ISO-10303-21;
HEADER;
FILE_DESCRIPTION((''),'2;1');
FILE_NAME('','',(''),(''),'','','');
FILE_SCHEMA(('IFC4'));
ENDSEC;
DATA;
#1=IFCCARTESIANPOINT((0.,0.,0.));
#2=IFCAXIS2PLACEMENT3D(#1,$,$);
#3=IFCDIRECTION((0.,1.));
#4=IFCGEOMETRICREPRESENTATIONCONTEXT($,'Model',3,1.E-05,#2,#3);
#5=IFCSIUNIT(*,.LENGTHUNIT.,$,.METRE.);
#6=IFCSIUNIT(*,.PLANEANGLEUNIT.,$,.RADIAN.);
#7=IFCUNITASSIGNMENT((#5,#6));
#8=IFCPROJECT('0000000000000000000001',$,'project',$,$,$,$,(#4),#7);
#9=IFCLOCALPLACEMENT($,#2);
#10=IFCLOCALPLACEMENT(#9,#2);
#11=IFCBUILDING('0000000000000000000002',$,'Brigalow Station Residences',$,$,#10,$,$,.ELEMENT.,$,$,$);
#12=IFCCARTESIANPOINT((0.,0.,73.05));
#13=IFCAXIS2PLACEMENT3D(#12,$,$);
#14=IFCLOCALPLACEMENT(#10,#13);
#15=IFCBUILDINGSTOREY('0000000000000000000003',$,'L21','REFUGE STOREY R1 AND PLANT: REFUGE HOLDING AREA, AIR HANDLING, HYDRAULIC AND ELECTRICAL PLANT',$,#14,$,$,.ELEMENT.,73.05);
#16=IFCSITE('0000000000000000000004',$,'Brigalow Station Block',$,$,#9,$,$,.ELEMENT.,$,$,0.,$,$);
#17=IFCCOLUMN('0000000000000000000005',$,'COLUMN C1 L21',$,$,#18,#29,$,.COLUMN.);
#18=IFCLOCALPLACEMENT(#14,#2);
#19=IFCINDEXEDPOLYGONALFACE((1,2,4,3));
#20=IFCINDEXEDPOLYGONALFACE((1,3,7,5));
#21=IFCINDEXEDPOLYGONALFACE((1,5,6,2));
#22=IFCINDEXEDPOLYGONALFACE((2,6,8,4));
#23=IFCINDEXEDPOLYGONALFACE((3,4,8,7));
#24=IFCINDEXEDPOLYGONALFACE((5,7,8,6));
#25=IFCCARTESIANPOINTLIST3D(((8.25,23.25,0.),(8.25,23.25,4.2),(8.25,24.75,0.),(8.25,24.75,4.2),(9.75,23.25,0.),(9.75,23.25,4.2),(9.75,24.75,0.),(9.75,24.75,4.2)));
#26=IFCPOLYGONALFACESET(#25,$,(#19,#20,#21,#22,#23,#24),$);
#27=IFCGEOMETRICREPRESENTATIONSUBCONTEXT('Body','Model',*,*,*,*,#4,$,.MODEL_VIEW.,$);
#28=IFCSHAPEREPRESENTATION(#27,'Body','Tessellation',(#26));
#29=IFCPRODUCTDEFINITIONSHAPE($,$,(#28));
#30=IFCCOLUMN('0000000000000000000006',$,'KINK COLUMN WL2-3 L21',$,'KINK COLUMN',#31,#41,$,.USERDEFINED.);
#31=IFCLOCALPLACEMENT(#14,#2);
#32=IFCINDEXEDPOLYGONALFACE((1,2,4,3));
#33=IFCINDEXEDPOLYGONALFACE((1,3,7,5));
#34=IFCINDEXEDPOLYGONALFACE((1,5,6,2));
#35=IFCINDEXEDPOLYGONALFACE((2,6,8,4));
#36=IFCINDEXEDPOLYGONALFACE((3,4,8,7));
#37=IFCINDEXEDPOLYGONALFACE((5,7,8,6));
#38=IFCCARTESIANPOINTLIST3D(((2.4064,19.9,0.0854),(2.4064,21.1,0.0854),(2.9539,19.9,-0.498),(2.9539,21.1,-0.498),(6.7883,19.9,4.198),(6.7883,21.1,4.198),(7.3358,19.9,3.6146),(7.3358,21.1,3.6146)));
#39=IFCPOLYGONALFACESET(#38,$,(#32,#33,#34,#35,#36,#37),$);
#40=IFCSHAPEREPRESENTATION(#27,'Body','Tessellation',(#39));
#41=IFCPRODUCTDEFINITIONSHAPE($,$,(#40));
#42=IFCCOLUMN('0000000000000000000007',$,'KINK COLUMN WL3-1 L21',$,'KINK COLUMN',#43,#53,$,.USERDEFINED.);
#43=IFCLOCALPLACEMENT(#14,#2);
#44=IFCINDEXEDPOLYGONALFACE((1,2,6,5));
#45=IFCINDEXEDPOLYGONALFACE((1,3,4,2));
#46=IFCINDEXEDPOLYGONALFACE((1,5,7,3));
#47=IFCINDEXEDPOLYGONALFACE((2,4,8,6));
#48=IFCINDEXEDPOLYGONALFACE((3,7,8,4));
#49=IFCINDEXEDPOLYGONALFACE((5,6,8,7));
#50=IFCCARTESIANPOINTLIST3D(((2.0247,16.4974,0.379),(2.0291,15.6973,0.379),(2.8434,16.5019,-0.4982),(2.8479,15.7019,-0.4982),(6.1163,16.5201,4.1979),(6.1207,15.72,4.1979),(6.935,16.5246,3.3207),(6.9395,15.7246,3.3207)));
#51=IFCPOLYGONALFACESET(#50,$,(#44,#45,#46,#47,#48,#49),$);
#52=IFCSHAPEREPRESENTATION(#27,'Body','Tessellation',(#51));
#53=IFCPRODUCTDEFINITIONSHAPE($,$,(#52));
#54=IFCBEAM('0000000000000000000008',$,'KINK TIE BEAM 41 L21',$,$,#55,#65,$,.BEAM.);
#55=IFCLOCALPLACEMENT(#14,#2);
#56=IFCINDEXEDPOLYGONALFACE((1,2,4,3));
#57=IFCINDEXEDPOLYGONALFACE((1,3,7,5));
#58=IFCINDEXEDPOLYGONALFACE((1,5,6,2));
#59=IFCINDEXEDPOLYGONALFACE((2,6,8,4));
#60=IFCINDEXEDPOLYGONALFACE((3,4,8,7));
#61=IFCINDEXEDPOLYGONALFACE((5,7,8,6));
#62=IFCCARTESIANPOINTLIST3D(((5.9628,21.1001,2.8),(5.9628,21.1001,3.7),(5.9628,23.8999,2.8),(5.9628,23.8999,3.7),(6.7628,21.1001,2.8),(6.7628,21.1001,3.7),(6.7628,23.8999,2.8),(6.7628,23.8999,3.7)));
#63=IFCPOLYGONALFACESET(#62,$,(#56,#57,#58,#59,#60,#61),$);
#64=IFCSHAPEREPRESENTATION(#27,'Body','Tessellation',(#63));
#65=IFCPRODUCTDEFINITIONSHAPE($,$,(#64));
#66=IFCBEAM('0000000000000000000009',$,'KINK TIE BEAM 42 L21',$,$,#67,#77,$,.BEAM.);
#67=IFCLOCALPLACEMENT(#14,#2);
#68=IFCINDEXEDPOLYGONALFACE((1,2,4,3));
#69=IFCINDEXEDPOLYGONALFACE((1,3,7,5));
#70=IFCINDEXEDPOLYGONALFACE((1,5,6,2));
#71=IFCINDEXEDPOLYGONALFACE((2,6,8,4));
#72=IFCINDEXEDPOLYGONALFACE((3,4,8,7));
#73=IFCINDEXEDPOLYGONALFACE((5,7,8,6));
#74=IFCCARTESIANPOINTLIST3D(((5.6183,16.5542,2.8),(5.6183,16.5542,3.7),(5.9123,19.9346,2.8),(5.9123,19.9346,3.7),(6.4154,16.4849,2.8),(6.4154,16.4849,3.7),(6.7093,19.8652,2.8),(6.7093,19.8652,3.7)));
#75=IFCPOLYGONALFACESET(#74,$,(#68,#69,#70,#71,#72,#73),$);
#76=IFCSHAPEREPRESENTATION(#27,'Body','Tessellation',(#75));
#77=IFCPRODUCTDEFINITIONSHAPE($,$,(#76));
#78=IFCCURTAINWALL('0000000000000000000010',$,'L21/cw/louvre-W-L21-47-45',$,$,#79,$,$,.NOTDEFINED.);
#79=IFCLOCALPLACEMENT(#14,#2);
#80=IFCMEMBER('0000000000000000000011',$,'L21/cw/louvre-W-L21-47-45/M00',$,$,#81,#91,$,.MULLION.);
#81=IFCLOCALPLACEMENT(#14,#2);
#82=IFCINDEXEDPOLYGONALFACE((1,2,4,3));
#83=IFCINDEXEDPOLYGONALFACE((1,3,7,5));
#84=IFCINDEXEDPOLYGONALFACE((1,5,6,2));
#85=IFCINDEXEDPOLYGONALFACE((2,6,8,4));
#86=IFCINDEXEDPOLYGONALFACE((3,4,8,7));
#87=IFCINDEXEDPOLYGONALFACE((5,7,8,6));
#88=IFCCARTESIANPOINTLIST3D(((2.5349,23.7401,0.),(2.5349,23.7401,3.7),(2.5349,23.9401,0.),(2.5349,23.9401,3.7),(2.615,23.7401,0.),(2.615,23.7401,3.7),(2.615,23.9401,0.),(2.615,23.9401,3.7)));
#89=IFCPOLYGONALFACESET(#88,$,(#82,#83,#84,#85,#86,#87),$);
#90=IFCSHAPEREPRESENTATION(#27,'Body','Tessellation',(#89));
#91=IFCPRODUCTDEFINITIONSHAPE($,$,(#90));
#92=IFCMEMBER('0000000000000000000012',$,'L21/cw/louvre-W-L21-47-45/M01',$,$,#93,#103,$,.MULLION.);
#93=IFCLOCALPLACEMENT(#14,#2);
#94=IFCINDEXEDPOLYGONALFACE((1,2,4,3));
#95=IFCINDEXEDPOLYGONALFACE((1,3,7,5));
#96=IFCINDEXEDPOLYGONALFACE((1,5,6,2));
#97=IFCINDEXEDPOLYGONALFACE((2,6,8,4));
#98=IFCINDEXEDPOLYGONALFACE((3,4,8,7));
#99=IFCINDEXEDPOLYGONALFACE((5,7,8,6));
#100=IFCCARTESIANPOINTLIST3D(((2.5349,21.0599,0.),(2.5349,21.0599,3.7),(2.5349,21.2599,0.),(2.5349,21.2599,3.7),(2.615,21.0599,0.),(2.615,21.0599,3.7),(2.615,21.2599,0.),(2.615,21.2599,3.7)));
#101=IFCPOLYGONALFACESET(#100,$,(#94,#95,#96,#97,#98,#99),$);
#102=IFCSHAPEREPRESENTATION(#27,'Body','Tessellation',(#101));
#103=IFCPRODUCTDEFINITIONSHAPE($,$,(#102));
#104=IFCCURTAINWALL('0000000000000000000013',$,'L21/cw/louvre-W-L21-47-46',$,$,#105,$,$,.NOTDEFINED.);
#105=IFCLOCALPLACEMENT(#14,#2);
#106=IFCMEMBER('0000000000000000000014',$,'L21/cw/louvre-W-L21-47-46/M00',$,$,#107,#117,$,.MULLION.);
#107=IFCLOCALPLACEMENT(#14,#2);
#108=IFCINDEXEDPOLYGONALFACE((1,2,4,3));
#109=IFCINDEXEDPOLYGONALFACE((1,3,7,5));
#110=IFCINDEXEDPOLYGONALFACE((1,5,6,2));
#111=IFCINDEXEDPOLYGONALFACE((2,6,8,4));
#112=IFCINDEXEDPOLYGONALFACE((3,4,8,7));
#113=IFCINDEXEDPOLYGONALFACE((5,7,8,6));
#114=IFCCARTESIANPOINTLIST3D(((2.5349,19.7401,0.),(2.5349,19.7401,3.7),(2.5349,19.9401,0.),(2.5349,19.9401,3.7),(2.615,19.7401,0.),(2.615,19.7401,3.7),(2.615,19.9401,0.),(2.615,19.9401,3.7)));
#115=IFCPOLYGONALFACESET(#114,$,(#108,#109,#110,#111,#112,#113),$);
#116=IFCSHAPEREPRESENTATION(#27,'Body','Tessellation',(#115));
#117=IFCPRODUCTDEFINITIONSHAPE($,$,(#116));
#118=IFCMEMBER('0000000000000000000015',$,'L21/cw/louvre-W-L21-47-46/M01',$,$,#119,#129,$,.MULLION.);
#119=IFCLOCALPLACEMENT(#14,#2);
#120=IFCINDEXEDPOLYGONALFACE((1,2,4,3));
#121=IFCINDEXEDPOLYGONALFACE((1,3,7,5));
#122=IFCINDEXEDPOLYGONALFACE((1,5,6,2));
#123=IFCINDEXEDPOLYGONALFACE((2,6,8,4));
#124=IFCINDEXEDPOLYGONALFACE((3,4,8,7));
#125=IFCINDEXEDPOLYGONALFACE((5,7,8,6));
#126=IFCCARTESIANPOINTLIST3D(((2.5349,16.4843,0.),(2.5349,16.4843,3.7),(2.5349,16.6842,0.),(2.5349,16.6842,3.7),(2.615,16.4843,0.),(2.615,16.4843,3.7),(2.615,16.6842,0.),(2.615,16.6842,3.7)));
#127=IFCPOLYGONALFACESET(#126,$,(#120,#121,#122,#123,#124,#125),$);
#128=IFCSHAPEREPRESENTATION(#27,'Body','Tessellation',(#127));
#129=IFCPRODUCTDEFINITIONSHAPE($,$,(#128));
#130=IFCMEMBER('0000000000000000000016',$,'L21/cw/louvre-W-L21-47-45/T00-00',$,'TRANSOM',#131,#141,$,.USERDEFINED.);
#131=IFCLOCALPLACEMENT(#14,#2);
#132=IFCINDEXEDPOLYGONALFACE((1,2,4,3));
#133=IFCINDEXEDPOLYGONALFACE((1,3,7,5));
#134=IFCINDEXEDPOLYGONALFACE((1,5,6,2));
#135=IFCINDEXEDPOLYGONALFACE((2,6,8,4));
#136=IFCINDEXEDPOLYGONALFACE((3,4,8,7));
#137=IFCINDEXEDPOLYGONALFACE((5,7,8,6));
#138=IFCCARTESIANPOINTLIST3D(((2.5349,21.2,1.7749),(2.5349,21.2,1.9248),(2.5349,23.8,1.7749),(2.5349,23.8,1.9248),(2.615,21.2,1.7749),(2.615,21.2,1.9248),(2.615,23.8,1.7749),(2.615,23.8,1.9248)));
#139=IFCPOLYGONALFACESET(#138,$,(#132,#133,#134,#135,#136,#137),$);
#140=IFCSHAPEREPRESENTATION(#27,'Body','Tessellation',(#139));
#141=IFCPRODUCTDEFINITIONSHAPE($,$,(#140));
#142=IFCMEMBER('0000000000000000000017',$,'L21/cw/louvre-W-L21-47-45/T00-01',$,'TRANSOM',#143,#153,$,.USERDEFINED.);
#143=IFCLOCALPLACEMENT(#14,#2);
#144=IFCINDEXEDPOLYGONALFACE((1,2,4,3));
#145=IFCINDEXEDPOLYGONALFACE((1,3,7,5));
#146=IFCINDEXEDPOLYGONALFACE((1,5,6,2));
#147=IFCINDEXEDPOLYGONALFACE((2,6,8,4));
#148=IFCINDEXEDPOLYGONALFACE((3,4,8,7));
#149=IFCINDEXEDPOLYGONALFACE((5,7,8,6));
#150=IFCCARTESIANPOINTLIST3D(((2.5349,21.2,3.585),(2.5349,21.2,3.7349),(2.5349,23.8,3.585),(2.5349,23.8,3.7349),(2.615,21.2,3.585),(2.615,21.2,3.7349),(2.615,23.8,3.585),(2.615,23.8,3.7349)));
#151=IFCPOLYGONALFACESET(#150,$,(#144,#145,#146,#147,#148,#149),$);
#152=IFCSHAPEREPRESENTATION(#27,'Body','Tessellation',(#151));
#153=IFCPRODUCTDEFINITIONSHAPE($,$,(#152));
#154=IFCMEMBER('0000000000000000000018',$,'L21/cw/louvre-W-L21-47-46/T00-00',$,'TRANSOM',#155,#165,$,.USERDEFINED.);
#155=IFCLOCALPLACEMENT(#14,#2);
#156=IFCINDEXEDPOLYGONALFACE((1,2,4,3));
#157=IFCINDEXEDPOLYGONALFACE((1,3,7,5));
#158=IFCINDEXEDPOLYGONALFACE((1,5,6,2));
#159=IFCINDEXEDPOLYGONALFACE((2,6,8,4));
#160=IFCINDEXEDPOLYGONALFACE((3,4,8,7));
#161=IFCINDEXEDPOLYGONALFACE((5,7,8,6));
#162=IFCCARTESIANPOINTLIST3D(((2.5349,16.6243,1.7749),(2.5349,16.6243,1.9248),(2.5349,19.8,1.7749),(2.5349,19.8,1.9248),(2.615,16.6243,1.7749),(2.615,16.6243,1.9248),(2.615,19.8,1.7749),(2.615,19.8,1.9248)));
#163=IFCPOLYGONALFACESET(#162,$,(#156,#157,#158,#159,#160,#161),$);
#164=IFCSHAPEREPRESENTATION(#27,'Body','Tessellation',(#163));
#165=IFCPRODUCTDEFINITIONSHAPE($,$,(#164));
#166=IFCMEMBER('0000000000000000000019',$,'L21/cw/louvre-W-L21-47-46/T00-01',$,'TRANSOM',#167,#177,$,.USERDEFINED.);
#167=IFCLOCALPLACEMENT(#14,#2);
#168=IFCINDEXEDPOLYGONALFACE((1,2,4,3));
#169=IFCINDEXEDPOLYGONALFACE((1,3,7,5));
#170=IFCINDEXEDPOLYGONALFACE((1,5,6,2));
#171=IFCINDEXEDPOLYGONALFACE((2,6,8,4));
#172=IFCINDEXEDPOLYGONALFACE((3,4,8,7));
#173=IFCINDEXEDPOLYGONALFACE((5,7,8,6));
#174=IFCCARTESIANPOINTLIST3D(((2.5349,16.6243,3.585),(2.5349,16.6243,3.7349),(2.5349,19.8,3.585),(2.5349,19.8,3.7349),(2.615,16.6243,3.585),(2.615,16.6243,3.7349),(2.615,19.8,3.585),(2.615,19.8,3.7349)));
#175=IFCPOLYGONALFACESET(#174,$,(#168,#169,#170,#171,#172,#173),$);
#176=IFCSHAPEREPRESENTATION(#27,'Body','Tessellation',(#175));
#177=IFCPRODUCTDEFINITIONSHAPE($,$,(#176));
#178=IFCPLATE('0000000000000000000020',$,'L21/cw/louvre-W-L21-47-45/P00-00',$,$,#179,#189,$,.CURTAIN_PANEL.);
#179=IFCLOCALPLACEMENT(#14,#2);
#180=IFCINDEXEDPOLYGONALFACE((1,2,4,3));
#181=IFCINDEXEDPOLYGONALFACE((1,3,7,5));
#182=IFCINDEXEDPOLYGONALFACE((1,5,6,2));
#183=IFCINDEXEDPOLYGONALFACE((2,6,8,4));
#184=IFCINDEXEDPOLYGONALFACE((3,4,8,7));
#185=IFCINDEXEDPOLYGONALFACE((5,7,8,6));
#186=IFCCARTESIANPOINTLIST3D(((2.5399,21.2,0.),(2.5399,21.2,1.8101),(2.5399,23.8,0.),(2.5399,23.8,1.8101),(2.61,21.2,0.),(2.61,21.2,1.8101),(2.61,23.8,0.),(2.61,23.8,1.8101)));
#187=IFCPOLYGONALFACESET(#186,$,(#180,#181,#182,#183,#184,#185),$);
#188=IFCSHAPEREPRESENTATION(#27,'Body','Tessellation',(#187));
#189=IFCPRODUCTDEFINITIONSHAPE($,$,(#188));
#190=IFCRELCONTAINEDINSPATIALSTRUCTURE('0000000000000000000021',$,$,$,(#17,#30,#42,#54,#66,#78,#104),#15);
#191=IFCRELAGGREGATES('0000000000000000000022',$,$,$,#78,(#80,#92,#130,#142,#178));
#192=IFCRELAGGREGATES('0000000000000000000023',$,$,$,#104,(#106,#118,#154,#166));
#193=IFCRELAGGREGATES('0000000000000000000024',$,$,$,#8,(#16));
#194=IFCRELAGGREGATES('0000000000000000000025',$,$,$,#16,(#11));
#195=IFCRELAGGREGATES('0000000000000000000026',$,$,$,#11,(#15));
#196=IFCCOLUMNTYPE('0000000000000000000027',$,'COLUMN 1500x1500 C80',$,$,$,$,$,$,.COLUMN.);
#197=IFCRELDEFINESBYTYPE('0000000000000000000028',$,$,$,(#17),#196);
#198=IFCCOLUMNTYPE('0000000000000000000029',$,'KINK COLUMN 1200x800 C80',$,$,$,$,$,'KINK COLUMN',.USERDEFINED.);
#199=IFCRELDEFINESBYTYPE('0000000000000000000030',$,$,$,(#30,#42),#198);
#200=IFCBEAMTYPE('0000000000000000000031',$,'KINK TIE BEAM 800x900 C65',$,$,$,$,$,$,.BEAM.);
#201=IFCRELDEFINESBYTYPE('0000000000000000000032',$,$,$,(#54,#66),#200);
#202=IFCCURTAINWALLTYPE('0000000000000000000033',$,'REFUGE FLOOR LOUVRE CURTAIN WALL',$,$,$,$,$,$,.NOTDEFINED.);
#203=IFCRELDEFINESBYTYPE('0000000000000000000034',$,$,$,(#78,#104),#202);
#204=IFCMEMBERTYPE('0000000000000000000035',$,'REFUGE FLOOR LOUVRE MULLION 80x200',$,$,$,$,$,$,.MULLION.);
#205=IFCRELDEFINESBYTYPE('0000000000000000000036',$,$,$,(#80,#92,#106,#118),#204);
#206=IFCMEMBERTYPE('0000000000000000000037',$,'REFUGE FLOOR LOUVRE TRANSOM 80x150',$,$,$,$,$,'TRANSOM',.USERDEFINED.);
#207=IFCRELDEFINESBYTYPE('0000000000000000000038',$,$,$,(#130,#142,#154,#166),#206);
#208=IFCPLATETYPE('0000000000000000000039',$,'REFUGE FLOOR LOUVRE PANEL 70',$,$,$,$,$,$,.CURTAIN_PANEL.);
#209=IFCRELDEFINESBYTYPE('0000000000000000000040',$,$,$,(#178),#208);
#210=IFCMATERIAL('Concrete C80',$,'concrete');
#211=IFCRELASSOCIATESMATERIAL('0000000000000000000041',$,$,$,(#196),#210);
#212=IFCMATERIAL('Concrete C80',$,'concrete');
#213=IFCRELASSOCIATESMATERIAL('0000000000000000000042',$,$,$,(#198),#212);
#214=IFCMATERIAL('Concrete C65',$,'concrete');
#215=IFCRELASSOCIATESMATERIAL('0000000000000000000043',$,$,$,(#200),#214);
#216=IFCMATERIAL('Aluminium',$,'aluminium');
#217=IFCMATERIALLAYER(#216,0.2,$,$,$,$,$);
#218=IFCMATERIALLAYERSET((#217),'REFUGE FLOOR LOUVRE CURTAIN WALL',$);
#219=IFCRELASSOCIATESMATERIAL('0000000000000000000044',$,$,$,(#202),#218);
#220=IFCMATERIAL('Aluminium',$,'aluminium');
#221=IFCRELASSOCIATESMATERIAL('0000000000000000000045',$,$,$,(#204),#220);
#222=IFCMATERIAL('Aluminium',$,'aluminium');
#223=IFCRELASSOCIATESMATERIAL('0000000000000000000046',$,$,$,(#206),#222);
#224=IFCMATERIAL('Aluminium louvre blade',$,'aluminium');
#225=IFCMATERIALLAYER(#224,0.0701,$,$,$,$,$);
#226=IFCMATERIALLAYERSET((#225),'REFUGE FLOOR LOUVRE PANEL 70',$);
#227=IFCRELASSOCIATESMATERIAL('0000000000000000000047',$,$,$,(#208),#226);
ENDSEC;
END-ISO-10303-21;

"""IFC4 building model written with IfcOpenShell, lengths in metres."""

from ifc_helpers import new_model, si_unit, direction, frame, origin, origin_2d, place, context, subcontext, project, spatial, rectangle, extrude, material, layer, layer_set, material_profile, profile_set, type_object, element, aggregate, save


model = new_model("IFC4")

# Units and contexts
model_context = context("Model", 3, precision=1e-05, world=origin(), true_north=direction((0.0, 1.0)))
body_context = subcontext(model_context, "Body", "Model", "MODEL_VIEW")
ifc_project = project(units=[si_unit("LENGTHUNIT", "METRE"), si_unit("PLANEANGLEUNIT", "RADIAN")], contexts=[model_context])

# Site, building, storey
site_placement = place(None, origin())
site = spatial("IfcSite", under=ifc_project, at=site_placement, Name="Brigalow Station Block", CompositionType="ELEMENT", RefElevation=0.0)
building_placement = place(site_placement, origin())
building = spatial("IfcBuilding", under=site, at=building_placement, Name="Brigalow Station Residences", CompositionType="ELEMENT")
storey_placement = place(building_placement, frame((0.0, 0.0, 73.05)))
storey = spatial("IfcBuildingStorey", under=building, at=storey_placement, Name="L21", Description="REFUGE STOREY R1 AND PLANT: REFUGE HOLDING AREA, AIR HANDLING, HYDRAULIC AND ELECTRICAL PLANT", CompositionType="ELEMENT", Elevation=73.05)

# Columns
ifc_material_1 = material(Name="Concrete C80", Category="concrete")
ifc_material_profile_1 = material_profile(ifc_material_1, rectangle(XDim=1.5, YDim=1.5, at=origin_2d()), Name="RC1500x1500")
ifc_profile_set_1 = profile_set([ifc_material_profile_1], Name="Concrete C80")
column_type_1 = type_object("IfcColumnType", Name="COLUMN 1500x1500 C80", PredefinedType="COLUMN", material=ifc_profile_set_1)
column_1_placement = place(storey_placement, frame((9.0, 24.0, 0.0), z_axis=(0.0, 0.0, 1.0), x_axis=(1.0, 0.0, 0.0)))
element("IfcColumn", 1, at=column_1_placement, inside=storey, type_object=column_type_1, Name="COLUMN C1 L21", PredefinedType="COLUMN", context=body_context, shape_type="SweptSolid", body=[
    extrude(rectangle(XDim=1.5, YDim=1.5, at=origin_2d()), origin(), (0.0, 0.0, 1.0), 4.2),
])
ifc_material_2 = material(Name="Concrete C80", Category="concrete")
ifc_material_profile_2 = material_profile(ifc_material_2, rectangle(XDim=1.2, YDim=0.8, at=origin_2d()), Name="RC1200x800")
ifc_profile_set_2 = profile_set([ifc_material_profile_2], Name="Concrete C80")
column_type_2 = type_object("IfcColumnType", Name="KINK COLUMN 1200x800 C80", ElementType="KINK COLUMN", PredefinedType="USERDEFINED", material=ifc_profile_set_2)
column_2_placement = place(storey_placement, frame((2.6802, 20.5, -0.2063), z_axis=(0.729157, 0.0, 0.684346), x_axis=(0.0, 1.0, 0.0)))
element("IfcColumn", 2, at=column_2_placement, inside=storey, type_object=column_type_2, Name="KINK COLUMN WL2-3 L21", ObjectType="KINK COLUMN", PredefinedType="USERDEFINED", context=body_context, shape_type="SweptSolid", body=[
    extrude(rectangle(XDim=1.2, YDim=0.8, at=origin_2d()), origin(), (0.0, 0.0, 1.0), 6.0095),
])
column_3_placement = place(storey_placement, frame((2.4363, 16.0996, -0.0596), z_axis=(0.731043, 0.004057, 0.682319), x_axis=(-0.682308, -0.003786, 0.731055)))
element("IfcColumn", 3, at=column_3_placement, inside=storey, type_object=column_type_2, Name="KINK COLUMN WL3-1 L21", ObjectType="KINK COLUMN", PredefinedType="USERDEFINED", context=body_context, shape_type="SweptSolid", body=[
    extrude(rectangle(XDim=1.2, YDim=0.8, at=origin_2d()), origin(), (0.0, 0.0, 1.0), 5.5969),
])

# Beams
ifc_material_3 = material(Name="Concrete C65", Category="concrete")
ifc_material_profile_3 = material_profile(ifc_material_3, rectangle(XDim=0.8, YDim=0.8999, at=origin_2d()), Name="RC800x900")
ifc_profile_set_3 = profile_set([ifc_material_profile_3], Name="Concrete C65")
beam_type = type_object("IfcBeamType", Name="KINK TIE BEAM 800x900 C65", PredefinedType="BEAM", material=ifc_profile_set_3)
beam_1_placement = place(storey_placement, frame((6.3628, 23.8999, 3.25), z_axis=(0.0, -1.0, 0.0), x_axis=(1.0, 0.0, 0.0)))
element("IfcBeam", 4, at=beam_1_placement, inside=storey, type_object=beam_type, Name="KINK TIE BEAM 41 L21", PredefinedType="BEAM", context=body_context, shape_type="SweptSolid", body=[
    extrude(rectangle(XDim=0.8, YDim=0.8999, at=origin_2d()), origin(), (0.0, 0.0, 1.0), 2.7998),
])
beam_2_placement = place(storey_placement, frame((6.3108, 19.8999, 3.25), z_axis=(-0.08663, -0.996241, 0.0), x_axis=(0.996241, -0.08663, 0.0)))
element("IfcBeam", 5, at=beam_2_placement, inside=storey, type_object=beam_type, Name="KINK TIE BEAM 42 L21", PredefinedType="BEAM", context=body_context, shape_type="SweptSolid", body=[
    extrude(rectangle(XDim=0.8, YDim=0.8999, at=origin_2d()), origin(), (0.0, 0.0, 1.0), 3.3931),
])

# Curtain walls, members
ifc_material_4 = material(Name="Aluminium", Category="aluminium")
ifc_layer_1 = layer(ifc_material_4, 0.2)
ifc_layer_set_1 = layer_set([ifc_layer_1], Name="REFUGE FLOOR LOUVRE CURTAIN WALL")
curtain_wall_type = type_object("IfcCurtainWallType", Name="REFUGE FLOOR LOUVRE CURTAIN WALL", PredefinedType="NOTDEFINED", material=ifc_layer_set_1)
curtain_wall_1_placement = place(storey_placement, origin())
curtain_wall_1 = element("IfcCurtainWall", 6, at=curtain_wall_1_placement, inside=storey, type_object=curtain_wall_type, Name="L21/cw/louvre-W-L21-47-45", PredefinedType="NOTDEFINED")
ifc_material_5 = material(Name="Aluminium", Category="aluminium")
ifc_material_profile_4 = material_profile(ifc_material_5, rectangle(XDim=0.0801, YDim=0.2, at=origin_2d()), Name="REFUGE FLOOR LOUVRE MULLION 80x200")
ifc_profile_set_4 = profile_set([ifc_material_profile_4], Name="Aluminium")
member_type_1 = type_object("IfcMemberType", Name="REFUGE FLOOR LOUVRE MULLION 80x200", PredefinedType="MULLION", material=ifc_profile_set_4)
member_1_placement = place(storey_placement, frame((2.575, 23.8401, 0.0), z_axis=(0.0, 0.0, 1.0), x_axis=(1.0, 0.0, 0.0)))
member_1 = element("IfcMember", 7, at=member_1_placement, type_object=member_type_1, Name="L21/cw/louvre-W-L21-47-45/M00", PredefinedType="MULLION", context=body_context, shape_type="SweptSolid", body=[
    extrude(rectangle(XDim=0.0801, YDim=0.2, at=origin_2d()), origin(), (0.0, 0.0, 1.0), 3.7),
])
member_2_placement = place(storey_placement, frame((2.575, 21.1599, 0.0), z_axis=(0.0, 0.0, 1.0), x_axis=(1.0, 0.0, 0.0)))
member_2 = element("IfcMember", 8, at=member_2_placement, type_object=member_type_1, Name="L21/cw/louvre-W-L21-47-45/M01", PredefinedType="MULLION", context=body_context, shape_type="SweptSolid", body=[
    extrude(rectangle(XDim=0.0801, YDim=0.2, at=origin_2d()), origin(), (0.0, 0.0, 1.0), 3.7),
])
curtain_wall_2_placement = place(storey_placement, origin())
curtain_wall_2 = element("IfcCurtainWall", 9, at=curtain_wall_2_placement, inside=storey, type_object=curtain_wall_type, Name="L21/cw/louvre-W-L21-47-46", PredefinedType="NOTDEFINED")
member_3_placement = place(storey_placement, frame((2.575, 19.8401, 0.0), z_axis=(0.0, 0.0, 1.0), x_axis=(1.0, 0.0, 0.0)))
member_3 = element("IfcMember", 10, at=member_3_placement, type_object=member_type_1, Name="L21/cw/louvre-W-L21-47-46/M00", PredefinedType="MULLION", context=body_context, shape_type="SweptSolid", body=[
    extrude(rectangle(XDim=0.0801, YDim=0.2, at=origin_2d()), origin(), (0.0, 0.0, 1.0), 3.7),
])
member_4_placement = place(storey_placement, frame((2.575, 16.5842, 0.0), z_axis=(0.0, 0.0, 1.0), x_axis=(1.0, 0.0, 0.0)))
member_4 = element("IfcMember", 11, at=member_4_placement, type_object=member_type_1, Name="L21/cw/louvre-W-L21-47-46/M01", PredefinedType="MULLION", context=body_context, shape_type="SweptSolid", body=[
    extrude(rectangle(XDim=0.0801, YDim=0.2, at=origin_2d()), origin(), (0.0, 0.0, 1.0), 3.7),
])

# Members
ifc_material_6 = material(Name="Aluminium", Category="aluminium")
ifc_material_profile_5 = material_profile(ifc_material_6, rectangle(XDim=0.0801, YDim=0.1499, at=origin_2d()), Name="REFUGE FLOOR LOUVRE TRANSOM 80x150")
ifc_profile_set_5 = profile_set([ifc_material_profile_5], Name="Aluminium")
member_type_2 = type_object("IfcMemberType", Name="REFUGE FLOOR LOUVRE TRANSOM 80x150", ElementType="TRANSOM", PredefinedType="USERDEFINED", material=ifc_profile_set_5)
member_5_placement = place(storey_placement, frame((2.575, 23.8, 1.8499), z_axis=(0.0, -1.0, 0.0), x_axis=(1.0, 0.0, 0.0)))
member_5 = element("IfcMember", 12, at=member_5_placement, type_object=member_type_2, Name="L21/cw/louvre-W-L21-47-45/T00-00", ObjectType="TRANSOM", PredefinedType="USERDEFINED", context=body_context, shape_type="SweptSolid", body=[
    extrude(rectangle(XDim=0.0801, YDim=0.1499, at=origin_2d()), origin(), (0.0, 0.0, 1.0), 2.6001),
])
member_6_placement = place(storey_placement, frame((2.575, 23.8, 3.6599), z_axis=(0.0, -1.0, 0.0), x_axis=(1.0, 0.0, 0.0)))
member_6 = element("IfcMember", 13, at=member_6_placement, type_object=member_type_2, Name="L21/cw/louvre-W-L21-47-45/T00-01", ObjectType="TRANSOM", PredefinedType="USERDEFINED", context=body_context, shape_type="SweptSolid", body=[
    extrude(rectangle(XDim=0.0801, YDim=0.1499, at=origin_2d()), origin(), (0.0, 0.0, 1.0), 2.6001),
])
member_7_placement = place(storey_placement, frame((2.575, 19.8, 1.8499), z_axis=(0.0, -1.0, 0.0), x_axis=(1.0, 0.0, 0.0)))
member_7 = element("IfcMember", 14, at=member_7_placement, type_object=member_type_2, Name="L21/cw/louvre-W-L21-47-46/T00-00", ObjectType="TRANSOM", PredefinedType="USERDEFINED", context=body_context, shape_type="SweptSolid", body=[
    extrude(rectangle(XDim=0.0801, YDim=0.1499, at=origin_2d()), origin(), (0.0, 0.0, 1.0), 3.1758),
])
member_8_placement = place(storey_placement, frame((2.575, 19.8, 3.6599), z_axis=(0.0, -1.0, 0.0), x_axis=(1.0, 0.0, 0.0)))
member_8 = element("IfcMember", 15, at=member_8_placement, type_object=member_type_2, Name="L21/cw/louvre-W-L21-47-46/T00-01", ObjectType="TRANSOM", PredefinedType="USERDEFINED", context=body_context, shape_type="SweptSolid", body=[
    extrude(rectangle(XDim=0.0801, YDim=0.1499, at=origin_2d()), origin(), (0.0, 0.0, 1.0), 3.1758),
])

# Plate
ifc_material_7 = material(Name="Aluminium louvre blade", Category="aluminium")
ifc_layer_2 = layer(ifc_material_7, 0.0701)
ifc_layer_set_2 = layer_set([ifc_layer_2], Name="REFUGE FLOOR LOUVRE PANEL 70")
plate_type = type_object("IfcPlateType", Name="REFUGE FLOOR LOUVRE PANEL 70", PredefinedType="CURTAIN_PANEL", material=ifc_layer_set_2)
plate_1_placement = place(storey_placement, frame((2.575, 22.5, 0.0), z_axis=(0.0, 0.0, 1.0), x_axis=(0.0, -1.0, 0.0)))
plate_1 = element("IfcPlate", 16, at=plate_1_placement, type_object=plate_type, Name="L21/cw/louvre-W-L21-47-45/P00-00", PredefinedType="CURTAIN_PANEL", context=body_context, shape_type="SweptSolid", body=[
    extrude(rectangle(XDim=2.6001, YDim=0.0701, at=origin_2d()), origin(), (0.0, 0.0, 1.0), 1.8101),
])
aggregate(curtain_wall_1, [member_1, member_2, member_5, member_6, plate_1])
aggregate(curtain_wall_2, [member_3, member_4, member_7, member_8])

save(model, "model.ifc")
